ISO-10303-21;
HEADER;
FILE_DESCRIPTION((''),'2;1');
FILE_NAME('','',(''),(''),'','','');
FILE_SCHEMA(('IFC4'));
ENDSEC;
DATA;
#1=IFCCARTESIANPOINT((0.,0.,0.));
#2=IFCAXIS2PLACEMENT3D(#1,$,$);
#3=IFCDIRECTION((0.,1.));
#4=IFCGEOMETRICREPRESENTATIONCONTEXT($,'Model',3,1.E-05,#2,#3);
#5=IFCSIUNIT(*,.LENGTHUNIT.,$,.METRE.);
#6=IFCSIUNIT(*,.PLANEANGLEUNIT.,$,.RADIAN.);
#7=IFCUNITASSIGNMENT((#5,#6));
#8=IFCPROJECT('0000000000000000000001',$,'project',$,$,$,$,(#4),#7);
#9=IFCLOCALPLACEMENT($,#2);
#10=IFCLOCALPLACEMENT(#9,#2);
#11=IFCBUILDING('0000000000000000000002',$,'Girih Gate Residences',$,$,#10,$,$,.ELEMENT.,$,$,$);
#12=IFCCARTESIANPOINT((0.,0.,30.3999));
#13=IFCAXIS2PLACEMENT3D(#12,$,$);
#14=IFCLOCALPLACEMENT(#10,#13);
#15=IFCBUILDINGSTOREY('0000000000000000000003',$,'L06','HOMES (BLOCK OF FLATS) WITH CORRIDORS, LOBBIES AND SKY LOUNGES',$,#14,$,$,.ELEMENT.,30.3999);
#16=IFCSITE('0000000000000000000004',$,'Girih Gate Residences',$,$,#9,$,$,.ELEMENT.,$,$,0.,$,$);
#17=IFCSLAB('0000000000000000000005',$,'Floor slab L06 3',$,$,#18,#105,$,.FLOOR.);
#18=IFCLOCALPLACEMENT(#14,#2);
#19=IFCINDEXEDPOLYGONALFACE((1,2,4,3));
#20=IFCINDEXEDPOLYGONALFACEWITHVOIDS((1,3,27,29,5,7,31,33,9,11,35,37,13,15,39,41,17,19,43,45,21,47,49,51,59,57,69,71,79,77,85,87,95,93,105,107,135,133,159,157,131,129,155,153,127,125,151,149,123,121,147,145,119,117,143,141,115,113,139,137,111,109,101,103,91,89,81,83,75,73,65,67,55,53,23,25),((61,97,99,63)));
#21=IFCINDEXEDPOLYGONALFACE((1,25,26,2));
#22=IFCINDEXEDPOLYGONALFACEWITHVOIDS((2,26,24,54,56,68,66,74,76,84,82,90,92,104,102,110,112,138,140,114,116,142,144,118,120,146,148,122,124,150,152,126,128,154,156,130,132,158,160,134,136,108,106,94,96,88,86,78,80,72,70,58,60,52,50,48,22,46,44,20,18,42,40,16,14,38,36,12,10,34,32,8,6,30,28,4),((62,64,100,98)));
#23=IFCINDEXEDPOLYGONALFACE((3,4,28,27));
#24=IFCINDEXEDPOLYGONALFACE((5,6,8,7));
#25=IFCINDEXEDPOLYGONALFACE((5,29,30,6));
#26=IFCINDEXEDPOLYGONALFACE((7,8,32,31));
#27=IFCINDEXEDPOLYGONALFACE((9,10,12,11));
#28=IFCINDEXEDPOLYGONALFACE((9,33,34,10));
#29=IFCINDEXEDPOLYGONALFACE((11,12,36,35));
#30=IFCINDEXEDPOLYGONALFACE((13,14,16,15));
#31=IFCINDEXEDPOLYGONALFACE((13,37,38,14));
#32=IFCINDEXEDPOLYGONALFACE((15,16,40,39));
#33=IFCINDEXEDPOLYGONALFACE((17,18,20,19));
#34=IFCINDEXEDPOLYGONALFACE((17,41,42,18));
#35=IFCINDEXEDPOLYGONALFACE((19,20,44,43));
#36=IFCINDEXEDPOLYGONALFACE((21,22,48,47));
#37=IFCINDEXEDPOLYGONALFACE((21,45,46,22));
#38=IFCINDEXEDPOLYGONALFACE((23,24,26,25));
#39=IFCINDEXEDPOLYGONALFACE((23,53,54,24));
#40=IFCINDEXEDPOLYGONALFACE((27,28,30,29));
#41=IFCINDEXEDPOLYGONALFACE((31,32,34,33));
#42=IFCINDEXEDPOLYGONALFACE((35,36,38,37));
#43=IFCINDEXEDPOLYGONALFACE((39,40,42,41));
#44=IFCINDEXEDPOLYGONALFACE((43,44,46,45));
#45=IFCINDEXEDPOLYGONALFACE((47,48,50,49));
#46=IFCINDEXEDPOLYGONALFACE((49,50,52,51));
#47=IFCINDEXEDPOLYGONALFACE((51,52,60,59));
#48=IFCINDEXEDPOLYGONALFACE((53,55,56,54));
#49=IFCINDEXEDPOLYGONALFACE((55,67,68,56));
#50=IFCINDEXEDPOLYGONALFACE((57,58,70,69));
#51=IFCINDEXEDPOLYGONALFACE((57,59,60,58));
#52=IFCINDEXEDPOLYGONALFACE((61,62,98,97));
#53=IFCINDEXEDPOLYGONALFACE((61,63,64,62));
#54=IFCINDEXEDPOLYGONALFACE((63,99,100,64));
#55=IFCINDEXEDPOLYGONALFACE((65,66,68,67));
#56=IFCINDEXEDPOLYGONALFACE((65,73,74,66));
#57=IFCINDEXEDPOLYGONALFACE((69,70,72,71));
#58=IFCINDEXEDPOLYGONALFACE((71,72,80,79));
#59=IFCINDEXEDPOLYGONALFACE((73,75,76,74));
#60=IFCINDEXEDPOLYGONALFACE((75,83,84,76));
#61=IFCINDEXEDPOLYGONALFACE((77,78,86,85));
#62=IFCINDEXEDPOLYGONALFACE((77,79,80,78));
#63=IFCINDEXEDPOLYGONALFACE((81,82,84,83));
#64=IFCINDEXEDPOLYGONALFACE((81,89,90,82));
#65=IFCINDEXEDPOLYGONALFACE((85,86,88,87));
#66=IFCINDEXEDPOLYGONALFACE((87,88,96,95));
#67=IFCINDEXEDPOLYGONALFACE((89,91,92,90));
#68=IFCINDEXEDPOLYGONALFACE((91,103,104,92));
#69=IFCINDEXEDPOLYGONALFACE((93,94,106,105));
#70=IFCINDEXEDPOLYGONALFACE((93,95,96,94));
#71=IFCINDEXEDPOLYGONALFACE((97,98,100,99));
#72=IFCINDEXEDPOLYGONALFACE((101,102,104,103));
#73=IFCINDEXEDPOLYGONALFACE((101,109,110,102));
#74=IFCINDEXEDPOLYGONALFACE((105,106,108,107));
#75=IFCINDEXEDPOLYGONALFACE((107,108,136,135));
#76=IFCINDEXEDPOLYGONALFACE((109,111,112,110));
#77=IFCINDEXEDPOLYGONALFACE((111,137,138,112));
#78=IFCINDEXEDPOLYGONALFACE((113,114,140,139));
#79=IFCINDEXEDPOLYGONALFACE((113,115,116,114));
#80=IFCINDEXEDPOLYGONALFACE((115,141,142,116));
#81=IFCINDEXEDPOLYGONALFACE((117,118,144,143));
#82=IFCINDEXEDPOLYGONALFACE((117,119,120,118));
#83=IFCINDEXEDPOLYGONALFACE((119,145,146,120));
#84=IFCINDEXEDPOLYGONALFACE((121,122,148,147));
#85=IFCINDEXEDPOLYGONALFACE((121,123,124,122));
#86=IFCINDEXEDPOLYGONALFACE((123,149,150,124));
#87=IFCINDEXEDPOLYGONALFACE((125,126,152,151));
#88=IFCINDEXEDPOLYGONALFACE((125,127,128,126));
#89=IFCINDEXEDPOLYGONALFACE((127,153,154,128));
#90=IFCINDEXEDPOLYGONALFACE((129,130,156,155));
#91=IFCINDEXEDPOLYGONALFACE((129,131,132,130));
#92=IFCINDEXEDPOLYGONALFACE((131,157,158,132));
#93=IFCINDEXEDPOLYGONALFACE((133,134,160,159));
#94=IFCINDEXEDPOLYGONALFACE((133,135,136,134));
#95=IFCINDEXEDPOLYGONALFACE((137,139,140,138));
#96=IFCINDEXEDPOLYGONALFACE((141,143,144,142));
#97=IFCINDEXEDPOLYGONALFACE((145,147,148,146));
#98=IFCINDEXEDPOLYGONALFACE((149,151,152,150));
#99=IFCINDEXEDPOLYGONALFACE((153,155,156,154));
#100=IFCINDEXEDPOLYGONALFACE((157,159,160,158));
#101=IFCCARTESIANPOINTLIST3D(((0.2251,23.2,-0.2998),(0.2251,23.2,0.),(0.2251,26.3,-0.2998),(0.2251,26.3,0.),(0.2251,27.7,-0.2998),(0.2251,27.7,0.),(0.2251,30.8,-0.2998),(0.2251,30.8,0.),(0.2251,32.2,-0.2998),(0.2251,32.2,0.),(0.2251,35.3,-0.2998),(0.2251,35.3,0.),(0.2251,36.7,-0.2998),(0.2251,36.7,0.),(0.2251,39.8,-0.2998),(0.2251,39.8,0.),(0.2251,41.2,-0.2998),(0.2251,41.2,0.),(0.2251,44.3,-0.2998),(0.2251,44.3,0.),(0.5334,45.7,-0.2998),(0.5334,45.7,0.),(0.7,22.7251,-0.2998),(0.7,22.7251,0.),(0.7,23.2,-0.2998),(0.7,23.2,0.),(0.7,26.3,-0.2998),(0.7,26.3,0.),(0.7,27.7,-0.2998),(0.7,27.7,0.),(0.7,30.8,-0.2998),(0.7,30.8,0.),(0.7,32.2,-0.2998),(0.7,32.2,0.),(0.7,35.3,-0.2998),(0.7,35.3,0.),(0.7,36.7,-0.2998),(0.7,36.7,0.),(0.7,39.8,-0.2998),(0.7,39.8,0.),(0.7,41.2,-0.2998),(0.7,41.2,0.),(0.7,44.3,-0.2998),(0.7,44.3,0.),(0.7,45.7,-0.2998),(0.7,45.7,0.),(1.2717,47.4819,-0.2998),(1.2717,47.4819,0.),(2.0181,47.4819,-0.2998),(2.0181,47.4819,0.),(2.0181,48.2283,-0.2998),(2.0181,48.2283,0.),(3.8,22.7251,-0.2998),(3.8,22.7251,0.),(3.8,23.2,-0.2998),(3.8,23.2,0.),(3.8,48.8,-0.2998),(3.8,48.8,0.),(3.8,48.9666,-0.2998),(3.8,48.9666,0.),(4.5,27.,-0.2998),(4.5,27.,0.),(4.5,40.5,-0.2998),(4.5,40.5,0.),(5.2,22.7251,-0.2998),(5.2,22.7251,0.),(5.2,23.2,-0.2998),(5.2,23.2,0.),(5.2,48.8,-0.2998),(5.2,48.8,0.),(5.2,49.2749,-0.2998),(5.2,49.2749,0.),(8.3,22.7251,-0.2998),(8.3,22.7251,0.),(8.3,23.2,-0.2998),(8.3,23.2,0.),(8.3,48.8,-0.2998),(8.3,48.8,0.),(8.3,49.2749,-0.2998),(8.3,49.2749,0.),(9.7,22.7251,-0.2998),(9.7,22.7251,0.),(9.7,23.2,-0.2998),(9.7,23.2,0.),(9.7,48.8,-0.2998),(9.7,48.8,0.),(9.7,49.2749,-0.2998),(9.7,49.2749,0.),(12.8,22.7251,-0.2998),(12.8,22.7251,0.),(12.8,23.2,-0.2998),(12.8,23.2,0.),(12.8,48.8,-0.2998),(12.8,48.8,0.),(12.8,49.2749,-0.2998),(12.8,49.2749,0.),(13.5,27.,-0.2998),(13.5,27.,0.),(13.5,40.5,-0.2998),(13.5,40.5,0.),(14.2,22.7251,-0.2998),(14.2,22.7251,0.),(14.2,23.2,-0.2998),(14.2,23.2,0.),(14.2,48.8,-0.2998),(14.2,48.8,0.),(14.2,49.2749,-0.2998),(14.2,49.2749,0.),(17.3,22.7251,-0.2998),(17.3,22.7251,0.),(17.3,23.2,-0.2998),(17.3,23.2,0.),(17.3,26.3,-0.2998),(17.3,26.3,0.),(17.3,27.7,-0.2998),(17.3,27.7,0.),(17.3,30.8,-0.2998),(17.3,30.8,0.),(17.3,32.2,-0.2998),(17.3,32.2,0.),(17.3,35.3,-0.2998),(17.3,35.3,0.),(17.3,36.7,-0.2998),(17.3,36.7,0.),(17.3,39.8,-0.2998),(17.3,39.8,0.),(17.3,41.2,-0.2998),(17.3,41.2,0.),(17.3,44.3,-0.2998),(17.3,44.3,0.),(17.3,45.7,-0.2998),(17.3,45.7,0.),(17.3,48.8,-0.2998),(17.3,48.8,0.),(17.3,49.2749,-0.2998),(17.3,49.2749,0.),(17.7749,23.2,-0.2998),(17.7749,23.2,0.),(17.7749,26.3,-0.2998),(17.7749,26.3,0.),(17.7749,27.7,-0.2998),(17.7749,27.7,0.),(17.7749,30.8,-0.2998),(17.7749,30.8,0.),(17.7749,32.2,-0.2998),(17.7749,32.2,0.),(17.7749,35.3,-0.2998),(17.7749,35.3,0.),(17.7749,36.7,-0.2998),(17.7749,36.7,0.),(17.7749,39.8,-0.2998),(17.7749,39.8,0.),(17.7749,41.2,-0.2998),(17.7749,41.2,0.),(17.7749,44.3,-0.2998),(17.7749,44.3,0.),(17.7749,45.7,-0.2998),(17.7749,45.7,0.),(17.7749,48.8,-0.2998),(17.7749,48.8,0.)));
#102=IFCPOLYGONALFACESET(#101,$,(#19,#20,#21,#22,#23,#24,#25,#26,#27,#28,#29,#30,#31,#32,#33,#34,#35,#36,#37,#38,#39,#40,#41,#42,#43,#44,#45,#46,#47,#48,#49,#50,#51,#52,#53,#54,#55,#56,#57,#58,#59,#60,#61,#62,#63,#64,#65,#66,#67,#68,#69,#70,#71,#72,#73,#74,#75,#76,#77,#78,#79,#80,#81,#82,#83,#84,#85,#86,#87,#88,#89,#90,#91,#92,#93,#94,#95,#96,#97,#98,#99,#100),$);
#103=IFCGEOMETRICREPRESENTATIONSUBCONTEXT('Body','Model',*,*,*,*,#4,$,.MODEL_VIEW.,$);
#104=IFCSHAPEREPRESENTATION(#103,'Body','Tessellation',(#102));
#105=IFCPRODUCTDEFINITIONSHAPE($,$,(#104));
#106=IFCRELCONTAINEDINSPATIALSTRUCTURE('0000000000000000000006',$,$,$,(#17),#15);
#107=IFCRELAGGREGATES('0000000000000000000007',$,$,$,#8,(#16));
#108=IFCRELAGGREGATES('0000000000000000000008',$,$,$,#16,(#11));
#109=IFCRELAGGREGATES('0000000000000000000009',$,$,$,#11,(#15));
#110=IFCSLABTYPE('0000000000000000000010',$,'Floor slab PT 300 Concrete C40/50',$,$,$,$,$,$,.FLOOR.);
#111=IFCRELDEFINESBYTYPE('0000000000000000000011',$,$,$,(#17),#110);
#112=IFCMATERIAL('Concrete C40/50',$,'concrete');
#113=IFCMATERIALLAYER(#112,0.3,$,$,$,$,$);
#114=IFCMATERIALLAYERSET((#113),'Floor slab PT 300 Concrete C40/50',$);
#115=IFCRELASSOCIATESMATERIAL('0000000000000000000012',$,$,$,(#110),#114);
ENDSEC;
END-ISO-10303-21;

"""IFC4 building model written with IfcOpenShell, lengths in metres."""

from ifc_helpers import new_model, si_unit, direction, frame, origin, place, context, subcontext, project, spatial, polyline, outline, extrude, material, layer, layer_set, type_object, element, save


model = new_model("IFC4")

# Units and contexts
model_context = context("Model", 3, precision=1e-05, world=origin(), true_north=direction((0.0, 1.0)))
body_context = subcontext(model_context, "Body", "Model", "MODEL_VIEW")
ifc_project = project(units=[si_unit("LENGTHUNIT", "METRE"), si_unit("PLANEANGLEUNIT", "RADIAN")], contexts=[model_context])

# Site, building, storey
site_placement = place(None, origin())
site = spatial("IfcSite", under=ifc_project, at=site_placement, Name="Girih Gate Residences", CompositionType="ELEMENT", RefElevation=0.0)
building_placement = place(site_placement, origin())
building = spatial("IfcBuilding", under=site, at=building_placement, Name="Girih Gate Residences", CompositionType="ELEMENT")
storey_placement = place(building_placement, frame((0.0, 0.0, 30.3999)))
storey = spatial("IfcBuildingStorey", under=building, at=storey_placement, Name="L06", Description="HOMES (BLOCK OF FLATS) WITH CORRIDORS, LOBBIES AND SKY LOUNGES", CompositionType="ELEMENT", Elevation=30.3999)

# Slab
ifc_material_1 = material(Name="Concrete C40/50", Category="concrete")
ifc_layer_1 = layer(ifc_material_1, 0.3)
ifc_layer_set_1 = layer_set([ifc_layer_1], Name="Floor slab PT 300 Concrete C40/50")
slab_type_1 = type_object("IfcSlabType", Name="Floor slab PT 300 Concrete C40/50", PredefinedType="FLOOR", material=ifc_layer_set_1)
slab_1_placement = place(storey_placement, frame((0.0, 0.0, -0.2998)))
element("IfcSlab", 1, at=slab_1_placement, inside=storey, type_object=slab_type_1, Name="Floor slab L06 3", PredefinedType="FLOOR", context=body_context, shape_type="SweptSolid", body=[
    extrude(outline(polyline([(0.2251, 26.3), (0.2251, 23.2), (0.7, 23.2), (0.7, 22.7251), (3.8, 22.7251), (3.8, 23.2), (5.2, 23.2), (5.2, 22.7251), (8.3, 22.7251), (8.3, 23.2), (9.7, 23.2), (9.7, 22.7251), (12.8, 22.7251), (12.8, 23.2), (14.2, 23.2), (14.2, 22.7251), (17.3, 22.7251), (17.3, 23.2), (17.7749, 23.2), (17.7749, 26.3), (17.3, 26.3), (17.3, 27.7), (17.7749, 27.7), (17.7749, 30.8), (17.3, 30.8), (17.3, 32.2), (17.7749, 32.2), (17.7749, 35.3), (17.3, 35.3), (17.3, 36.7), (17.7749, 36.7), (17.7749, 39.8), (17.3, 39.8), (17.3, 41.2), (17.7749, 41.2), (17.7749, 44.3), (17.3, 44.3), (17.3, 45.7), (17.7749, 45.7), (17.7749, 48.8), (17.3, 48.8), (17.3, 49.2749), (14.2, 49.2749), (14.2, 48.8), (12.8, 48.8), (12.8, 49.2749), (9.7, 49.2749), (9.7, 48.8), (8.3, 48.8), (8.3, 49.2749), (5.2, 49.2749), (5.2, 48.8), (3.8, 48.8), (3.8, 48.9666), (2.0181, 48.2283), (2.0181, 47.4819), (1.2717, 47.4819), (0.5334, 45.7), (0.7, 45.7), (0.7, 44.3), (0.2251, 44.3), (0.2251, 41.2), (0.7, 41.2), (0.7, 39.8), (0.2251, 39.8), (0.2251, 36.7), (0.7, 36.7), (0.7, 35.3), (0.2251, 35.3), (0.2251, 32.2), (0.7, 32.2), (0.7, 30.8), (0.2251, 30.8), (0.2251, 27.7), (0.7, 27.7), (0.7, 26.3), (0.2251, 26.3)]), holes=[polyline([(13.5, 40.5), (13.5, 27.0), (4.5, 27.0), (4.5, 40.5), (13.5, 40.5)])]), origin(), (0.0, 0.0, 1.0), 0.2998),
])

save(model, "model.ifc")
